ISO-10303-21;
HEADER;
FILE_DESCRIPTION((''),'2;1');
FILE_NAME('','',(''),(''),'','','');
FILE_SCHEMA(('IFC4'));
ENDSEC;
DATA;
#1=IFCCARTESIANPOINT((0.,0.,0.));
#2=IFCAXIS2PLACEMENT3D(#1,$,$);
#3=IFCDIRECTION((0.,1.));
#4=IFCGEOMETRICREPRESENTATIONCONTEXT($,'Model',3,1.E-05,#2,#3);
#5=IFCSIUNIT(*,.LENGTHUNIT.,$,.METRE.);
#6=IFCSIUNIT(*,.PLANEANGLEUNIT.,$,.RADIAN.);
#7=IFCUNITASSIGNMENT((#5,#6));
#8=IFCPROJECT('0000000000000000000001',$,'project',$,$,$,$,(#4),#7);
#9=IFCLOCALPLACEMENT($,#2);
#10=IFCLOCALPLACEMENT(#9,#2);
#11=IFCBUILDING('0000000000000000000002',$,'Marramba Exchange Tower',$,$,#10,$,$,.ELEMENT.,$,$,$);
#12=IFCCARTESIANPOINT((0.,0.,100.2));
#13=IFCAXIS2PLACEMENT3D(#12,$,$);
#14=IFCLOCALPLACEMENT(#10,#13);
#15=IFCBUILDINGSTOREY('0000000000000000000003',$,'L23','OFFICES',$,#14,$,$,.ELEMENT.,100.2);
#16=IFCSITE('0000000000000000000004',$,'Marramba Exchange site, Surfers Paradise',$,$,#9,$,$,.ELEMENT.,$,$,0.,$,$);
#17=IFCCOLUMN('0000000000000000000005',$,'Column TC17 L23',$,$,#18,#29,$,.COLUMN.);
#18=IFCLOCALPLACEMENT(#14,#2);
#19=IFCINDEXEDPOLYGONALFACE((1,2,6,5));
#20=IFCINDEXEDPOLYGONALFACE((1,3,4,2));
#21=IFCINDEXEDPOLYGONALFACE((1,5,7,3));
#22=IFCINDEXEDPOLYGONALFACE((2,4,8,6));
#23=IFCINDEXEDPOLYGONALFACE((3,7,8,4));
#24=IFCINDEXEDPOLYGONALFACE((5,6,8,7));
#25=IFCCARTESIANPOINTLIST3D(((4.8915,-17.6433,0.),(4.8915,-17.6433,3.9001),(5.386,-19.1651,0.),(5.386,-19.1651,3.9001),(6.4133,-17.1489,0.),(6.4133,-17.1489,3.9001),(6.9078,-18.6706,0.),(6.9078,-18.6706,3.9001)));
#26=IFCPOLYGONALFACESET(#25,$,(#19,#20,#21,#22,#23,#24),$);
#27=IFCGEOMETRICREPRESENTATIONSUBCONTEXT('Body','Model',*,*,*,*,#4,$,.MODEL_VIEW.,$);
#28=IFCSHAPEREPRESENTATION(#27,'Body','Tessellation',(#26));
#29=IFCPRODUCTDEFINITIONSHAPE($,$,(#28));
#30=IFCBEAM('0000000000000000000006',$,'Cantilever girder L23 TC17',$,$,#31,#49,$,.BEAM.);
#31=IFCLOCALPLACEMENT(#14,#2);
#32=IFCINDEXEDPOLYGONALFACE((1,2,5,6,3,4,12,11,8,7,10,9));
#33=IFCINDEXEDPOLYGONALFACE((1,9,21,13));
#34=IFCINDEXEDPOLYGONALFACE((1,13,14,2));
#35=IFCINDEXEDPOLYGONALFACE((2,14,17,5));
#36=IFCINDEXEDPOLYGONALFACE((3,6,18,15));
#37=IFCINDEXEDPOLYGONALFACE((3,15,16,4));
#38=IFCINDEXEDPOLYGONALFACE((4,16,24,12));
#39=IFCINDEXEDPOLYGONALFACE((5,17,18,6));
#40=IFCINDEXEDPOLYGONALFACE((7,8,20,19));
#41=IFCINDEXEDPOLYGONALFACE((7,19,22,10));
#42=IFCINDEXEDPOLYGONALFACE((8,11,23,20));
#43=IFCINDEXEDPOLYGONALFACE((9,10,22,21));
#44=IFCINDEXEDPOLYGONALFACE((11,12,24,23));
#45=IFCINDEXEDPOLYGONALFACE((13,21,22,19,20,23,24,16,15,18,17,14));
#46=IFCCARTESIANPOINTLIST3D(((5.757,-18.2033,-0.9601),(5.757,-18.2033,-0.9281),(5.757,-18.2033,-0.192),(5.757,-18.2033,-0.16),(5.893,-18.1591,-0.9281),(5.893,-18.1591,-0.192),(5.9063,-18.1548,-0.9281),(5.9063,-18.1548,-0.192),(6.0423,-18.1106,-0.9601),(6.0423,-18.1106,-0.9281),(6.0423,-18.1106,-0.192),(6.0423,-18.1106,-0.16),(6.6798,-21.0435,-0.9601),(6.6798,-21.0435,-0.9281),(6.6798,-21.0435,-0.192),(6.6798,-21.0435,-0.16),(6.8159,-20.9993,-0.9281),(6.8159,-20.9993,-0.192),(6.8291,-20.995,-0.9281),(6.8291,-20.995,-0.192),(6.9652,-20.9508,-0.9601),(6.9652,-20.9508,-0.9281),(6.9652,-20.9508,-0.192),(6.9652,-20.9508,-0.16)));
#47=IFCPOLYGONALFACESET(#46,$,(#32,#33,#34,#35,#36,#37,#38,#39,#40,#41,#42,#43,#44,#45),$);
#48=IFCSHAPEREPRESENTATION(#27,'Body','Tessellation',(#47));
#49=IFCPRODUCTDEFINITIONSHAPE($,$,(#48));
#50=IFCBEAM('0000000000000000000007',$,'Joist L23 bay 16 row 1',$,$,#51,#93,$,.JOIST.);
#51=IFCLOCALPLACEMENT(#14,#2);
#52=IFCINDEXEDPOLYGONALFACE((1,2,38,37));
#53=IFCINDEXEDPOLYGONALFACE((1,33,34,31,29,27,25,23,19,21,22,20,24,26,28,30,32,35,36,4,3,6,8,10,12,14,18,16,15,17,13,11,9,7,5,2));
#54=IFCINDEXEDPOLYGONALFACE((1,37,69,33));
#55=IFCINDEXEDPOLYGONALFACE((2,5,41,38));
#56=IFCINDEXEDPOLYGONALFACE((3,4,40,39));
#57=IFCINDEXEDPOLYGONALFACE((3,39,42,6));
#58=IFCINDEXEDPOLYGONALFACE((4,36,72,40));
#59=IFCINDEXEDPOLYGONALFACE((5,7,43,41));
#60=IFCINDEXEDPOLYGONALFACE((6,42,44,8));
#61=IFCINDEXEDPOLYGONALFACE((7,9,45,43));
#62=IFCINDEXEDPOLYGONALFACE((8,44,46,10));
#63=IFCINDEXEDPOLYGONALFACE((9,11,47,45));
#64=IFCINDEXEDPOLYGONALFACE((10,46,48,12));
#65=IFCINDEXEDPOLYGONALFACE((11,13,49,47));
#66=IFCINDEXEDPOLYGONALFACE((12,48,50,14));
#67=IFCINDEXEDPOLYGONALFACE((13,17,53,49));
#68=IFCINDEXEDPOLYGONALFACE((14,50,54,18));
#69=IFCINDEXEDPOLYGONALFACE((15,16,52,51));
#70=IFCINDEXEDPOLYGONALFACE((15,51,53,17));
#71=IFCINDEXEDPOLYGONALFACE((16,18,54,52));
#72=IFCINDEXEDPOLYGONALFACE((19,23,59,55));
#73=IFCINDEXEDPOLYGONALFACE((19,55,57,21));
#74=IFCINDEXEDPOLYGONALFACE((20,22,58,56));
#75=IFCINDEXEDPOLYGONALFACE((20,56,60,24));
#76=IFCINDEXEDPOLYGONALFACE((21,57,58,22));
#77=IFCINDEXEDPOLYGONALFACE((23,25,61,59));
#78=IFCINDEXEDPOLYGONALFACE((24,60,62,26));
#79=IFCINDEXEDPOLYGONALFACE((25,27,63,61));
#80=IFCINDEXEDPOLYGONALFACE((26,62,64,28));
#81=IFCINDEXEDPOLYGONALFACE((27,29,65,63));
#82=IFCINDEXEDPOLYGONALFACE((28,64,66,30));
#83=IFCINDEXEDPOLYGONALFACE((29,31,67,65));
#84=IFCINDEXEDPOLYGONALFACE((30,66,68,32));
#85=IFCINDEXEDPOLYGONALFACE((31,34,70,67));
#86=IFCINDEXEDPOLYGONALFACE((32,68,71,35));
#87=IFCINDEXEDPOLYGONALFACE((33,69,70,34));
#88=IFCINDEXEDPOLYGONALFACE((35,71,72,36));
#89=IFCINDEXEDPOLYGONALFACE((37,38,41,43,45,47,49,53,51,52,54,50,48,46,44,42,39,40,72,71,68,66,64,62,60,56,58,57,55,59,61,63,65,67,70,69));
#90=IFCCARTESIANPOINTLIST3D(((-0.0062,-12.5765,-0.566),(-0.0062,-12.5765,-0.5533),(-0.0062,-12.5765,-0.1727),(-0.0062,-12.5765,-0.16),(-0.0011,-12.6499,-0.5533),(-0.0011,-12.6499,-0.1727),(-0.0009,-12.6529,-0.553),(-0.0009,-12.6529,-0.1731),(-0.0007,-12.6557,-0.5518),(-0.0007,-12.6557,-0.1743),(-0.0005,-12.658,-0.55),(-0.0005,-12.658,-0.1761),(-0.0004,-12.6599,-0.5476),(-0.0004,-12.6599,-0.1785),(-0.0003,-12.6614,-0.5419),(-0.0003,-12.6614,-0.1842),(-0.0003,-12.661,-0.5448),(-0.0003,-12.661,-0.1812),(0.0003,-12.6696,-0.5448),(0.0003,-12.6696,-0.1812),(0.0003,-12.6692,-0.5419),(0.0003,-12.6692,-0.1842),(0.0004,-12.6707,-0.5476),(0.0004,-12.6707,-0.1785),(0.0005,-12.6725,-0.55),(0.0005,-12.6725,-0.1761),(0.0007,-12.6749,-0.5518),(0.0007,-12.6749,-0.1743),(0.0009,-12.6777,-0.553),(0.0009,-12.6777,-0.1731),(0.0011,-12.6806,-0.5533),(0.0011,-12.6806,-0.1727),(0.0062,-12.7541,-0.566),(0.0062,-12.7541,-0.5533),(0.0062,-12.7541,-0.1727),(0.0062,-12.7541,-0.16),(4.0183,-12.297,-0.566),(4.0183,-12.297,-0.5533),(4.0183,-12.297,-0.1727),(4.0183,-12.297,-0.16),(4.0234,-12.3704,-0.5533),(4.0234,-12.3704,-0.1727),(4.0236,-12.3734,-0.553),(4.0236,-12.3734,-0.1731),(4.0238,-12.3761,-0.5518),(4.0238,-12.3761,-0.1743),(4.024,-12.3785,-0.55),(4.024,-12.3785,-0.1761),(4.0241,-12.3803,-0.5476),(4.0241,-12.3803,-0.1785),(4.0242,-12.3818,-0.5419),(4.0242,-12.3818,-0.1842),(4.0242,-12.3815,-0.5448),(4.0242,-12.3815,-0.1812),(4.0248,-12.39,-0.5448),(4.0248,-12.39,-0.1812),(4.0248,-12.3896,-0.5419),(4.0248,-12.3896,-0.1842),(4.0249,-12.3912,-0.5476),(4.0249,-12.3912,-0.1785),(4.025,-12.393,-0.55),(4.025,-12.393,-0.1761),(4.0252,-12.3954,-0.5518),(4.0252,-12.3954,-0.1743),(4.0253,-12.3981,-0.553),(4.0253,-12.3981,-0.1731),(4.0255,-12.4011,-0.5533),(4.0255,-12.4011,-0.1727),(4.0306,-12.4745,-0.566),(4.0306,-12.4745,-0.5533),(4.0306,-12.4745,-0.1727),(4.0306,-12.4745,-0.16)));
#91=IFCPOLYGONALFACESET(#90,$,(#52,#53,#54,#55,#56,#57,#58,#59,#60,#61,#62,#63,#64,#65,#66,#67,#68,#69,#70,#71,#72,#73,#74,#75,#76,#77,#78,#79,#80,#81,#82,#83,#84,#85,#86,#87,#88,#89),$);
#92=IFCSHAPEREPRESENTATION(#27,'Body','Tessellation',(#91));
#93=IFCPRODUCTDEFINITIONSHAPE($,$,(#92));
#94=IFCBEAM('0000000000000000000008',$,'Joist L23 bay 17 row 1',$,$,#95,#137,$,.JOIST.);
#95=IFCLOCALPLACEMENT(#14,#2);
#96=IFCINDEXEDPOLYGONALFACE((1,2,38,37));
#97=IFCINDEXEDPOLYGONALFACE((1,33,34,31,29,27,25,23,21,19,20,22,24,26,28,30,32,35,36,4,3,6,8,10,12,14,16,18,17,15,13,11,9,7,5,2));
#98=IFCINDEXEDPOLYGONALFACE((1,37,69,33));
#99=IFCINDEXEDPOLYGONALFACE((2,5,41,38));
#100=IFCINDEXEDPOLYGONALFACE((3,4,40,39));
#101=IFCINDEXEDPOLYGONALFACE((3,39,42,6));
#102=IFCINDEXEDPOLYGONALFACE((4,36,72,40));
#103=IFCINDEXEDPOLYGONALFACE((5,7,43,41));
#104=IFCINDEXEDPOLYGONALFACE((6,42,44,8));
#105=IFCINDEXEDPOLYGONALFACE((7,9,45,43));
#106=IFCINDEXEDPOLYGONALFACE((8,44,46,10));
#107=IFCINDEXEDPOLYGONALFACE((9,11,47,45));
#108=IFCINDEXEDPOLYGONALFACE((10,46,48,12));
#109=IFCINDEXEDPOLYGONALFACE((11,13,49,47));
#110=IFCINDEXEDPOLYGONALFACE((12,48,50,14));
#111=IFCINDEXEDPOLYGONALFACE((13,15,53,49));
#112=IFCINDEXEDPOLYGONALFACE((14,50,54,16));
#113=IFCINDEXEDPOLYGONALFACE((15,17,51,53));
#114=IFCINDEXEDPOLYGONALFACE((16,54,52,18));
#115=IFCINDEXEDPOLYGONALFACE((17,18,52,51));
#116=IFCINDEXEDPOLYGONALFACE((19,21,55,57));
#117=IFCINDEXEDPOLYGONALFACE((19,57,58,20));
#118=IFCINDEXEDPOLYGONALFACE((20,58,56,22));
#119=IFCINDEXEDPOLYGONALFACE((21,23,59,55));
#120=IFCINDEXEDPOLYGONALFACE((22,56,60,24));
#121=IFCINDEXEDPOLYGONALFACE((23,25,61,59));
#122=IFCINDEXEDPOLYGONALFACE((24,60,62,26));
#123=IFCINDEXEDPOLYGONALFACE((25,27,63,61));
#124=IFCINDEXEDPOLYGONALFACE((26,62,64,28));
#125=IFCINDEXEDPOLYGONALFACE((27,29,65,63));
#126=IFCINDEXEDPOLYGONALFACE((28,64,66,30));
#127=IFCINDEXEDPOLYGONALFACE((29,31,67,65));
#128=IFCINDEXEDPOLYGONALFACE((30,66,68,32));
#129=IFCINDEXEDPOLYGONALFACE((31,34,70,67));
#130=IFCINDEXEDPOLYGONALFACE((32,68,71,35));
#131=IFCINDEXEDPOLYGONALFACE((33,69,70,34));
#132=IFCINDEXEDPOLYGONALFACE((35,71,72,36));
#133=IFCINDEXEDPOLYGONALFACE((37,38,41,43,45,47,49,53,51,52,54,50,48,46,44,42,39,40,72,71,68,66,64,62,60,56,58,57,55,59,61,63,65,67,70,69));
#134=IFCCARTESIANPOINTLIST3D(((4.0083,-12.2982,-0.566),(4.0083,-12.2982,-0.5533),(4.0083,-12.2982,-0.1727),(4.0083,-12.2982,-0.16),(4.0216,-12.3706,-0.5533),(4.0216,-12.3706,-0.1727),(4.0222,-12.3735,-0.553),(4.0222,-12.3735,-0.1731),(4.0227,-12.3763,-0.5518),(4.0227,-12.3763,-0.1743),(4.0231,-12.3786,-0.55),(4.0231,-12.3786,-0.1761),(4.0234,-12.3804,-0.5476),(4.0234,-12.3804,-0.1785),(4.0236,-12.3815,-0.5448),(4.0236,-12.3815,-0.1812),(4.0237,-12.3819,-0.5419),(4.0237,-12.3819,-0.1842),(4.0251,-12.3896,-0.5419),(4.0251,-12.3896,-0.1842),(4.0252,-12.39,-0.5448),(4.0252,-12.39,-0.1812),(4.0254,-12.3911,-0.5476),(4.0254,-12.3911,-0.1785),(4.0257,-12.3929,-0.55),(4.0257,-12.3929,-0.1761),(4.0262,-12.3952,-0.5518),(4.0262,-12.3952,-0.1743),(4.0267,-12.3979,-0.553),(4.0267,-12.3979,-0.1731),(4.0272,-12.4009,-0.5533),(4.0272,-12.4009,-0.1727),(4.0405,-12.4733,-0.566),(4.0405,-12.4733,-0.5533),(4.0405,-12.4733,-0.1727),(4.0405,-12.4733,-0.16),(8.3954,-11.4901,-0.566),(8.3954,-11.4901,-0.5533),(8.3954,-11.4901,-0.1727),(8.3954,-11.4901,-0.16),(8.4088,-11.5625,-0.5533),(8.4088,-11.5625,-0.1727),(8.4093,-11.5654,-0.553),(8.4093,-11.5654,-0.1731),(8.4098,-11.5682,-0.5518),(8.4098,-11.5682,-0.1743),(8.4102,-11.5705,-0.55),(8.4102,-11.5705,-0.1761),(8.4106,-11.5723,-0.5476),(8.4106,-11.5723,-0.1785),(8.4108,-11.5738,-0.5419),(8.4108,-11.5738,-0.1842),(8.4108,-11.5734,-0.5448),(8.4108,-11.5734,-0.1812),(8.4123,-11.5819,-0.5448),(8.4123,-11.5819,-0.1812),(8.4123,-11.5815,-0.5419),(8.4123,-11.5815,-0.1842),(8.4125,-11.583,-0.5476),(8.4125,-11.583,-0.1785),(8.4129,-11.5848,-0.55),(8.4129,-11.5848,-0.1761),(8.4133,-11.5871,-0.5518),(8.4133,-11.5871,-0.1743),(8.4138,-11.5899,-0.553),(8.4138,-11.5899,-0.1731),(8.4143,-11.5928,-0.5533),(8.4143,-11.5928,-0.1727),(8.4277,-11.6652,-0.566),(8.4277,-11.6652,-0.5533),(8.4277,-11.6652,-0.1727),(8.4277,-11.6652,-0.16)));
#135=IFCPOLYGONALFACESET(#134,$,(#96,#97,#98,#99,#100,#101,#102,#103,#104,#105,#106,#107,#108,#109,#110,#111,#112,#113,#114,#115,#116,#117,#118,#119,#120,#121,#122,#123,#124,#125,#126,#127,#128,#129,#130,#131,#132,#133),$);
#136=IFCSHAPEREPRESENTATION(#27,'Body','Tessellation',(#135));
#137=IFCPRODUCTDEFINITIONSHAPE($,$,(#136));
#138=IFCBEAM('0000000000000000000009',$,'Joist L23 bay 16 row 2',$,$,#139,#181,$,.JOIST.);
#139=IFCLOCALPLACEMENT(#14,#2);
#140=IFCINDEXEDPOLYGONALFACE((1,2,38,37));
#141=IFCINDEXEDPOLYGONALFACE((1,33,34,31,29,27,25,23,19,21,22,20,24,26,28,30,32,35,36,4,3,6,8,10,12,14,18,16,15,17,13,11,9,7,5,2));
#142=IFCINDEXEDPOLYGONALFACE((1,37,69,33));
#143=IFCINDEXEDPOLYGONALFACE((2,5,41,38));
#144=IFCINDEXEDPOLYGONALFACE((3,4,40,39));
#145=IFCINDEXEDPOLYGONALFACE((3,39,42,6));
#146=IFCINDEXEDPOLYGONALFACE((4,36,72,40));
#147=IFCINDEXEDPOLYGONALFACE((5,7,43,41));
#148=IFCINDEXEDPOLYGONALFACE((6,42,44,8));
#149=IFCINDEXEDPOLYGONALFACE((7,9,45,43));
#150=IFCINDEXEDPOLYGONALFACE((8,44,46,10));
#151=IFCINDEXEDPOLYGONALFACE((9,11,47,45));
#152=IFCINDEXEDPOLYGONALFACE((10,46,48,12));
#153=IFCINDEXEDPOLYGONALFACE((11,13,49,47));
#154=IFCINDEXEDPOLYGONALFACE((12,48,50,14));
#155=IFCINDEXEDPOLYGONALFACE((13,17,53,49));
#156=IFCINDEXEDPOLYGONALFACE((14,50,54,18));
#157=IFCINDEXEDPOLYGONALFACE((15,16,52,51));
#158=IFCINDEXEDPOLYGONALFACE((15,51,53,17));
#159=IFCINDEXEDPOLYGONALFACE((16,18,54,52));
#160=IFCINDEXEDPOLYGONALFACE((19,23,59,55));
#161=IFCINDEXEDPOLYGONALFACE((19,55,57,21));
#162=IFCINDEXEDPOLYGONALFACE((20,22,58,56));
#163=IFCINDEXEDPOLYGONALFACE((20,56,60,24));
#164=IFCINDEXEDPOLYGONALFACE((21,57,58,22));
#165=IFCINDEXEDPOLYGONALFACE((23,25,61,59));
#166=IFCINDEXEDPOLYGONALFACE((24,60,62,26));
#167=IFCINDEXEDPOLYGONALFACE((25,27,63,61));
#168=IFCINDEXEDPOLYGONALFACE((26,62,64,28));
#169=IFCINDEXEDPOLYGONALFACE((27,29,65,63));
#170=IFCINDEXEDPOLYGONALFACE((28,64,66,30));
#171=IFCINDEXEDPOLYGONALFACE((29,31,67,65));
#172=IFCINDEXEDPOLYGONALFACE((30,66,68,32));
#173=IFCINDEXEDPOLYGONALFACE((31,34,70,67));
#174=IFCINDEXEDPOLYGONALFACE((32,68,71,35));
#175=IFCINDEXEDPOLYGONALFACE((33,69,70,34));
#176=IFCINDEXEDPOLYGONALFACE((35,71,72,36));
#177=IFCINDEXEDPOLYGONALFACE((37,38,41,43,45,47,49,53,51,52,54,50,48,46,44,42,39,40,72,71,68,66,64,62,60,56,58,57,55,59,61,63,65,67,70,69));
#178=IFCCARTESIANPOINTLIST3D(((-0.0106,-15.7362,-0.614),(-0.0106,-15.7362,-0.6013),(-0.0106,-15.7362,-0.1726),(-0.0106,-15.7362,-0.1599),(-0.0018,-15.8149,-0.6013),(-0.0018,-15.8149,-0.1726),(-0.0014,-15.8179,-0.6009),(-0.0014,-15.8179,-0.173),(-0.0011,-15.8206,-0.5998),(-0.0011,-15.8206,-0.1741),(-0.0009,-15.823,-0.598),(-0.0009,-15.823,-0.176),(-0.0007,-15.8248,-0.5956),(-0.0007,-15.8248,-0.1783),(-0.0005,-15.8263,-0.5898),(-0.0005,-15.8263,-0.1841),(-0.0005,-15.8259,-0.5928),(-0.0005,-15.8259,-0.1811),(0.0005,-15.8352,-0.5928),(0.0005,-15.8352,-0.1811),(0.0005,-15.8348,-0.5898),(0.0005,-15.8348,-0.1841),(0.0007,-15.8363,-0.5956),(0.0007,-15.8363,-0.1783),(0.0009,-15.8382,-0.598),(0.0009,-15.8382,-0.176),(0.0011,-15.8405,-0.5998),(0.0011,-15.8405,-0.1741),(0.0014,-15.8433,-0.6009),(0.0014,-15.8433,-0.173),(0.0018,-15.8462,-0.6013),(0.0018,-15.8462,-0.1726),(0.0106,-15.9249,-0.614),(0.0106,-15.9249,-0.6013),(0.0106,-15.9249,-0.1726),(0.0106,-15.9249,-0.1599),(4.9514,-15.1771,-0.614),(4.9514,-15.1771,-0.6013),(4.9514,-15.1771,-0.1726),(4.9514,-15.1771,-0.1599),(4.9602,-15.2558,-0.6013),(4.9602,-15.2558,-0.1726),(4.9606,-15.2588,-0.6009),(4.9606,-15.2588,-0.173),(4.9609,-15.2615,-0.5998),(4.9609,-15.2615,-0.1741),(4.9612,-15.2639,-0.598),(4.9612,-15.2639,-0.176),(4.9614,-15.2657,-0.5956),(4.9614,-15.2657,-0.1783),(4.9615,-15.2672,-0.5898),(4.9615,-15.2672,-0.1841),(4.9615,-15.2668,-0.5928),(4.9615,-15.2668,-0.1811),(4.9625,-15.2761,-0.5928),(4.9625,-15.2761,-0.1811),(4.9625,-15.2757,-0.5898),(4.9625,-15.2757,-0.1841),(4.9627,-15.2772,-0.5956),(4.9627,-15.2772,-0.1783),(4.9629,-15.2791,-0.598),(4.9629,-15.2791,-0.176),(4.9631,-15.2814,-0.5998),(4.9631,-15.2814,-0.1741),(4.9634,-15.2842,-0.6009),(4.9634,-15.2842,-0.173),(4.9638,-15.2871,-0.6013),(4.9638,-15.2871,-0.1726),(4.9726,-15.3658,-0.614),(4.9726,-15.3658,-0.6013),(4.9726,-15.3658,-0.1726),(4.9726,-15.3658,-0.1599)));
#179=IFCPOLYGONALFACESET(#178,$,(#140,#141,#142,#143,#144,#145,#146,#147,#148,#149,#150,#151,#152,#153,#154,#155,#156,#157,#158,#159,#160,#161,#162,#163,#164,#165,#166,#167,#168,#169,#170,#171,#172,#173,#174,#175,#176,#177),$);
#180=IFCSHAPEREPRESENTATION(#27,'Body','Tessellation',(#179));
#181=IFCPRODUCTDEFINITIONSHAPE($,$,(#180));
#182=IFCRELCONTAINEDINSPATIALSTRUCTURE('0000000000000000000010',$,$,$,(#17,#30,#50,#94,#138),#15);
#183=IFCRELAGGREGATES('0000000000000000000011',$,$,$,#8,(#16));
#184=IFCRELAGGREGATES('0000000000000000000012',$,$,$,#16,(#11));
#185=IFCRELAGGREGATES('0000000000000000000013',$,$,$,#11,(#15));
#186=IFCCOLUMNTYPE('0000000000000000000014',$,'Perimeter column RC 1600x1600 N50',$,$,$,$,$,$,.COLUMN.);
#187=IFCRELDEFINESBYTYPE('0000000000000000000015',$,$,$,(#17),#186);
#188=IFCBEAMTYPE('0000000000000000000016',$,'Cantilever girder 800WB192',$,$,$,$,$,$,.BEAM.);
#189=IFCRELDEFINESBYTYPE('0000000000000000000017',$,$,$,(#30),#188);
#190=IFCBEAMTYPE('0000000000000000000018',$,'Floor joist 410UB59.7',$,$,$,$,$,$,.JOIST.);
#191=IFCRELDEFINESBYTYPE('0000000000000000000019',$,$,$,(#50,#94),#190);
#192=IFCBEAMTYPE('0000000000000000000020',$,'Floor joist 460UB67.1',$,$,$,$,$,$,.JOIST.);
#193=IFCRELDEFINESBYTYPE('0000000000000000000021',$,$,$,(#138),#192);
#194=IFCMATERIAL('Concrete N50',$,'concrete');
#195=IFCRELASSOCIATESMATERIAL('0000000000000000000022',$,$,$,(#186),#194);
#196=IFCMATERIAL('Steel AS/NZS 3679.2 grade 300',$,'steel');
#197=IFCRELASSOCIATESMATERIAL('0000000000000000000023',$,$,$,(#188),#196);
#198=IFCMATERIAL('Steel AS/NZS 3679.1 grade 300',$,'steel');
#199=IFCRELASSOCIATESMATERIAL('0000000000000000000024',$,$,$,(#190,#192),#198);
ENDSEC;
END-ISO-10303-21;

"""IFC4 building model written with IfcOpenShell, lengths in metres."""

from ifc_helpers import new_model, si_unit, direction, frame, origin, origin_2d, place, context, subcontext, project, spatial, rectangle, i_section, extrude, material, material_profile, profile_set, type_object, element, save


model = new_model("IFC4")

# Units and contexts
model_context = context("Model", 3, precision=1e-05, world=origin(), true_north=direction((0.0, 1.0)))
body_context = subcontext(model_context, "Body", "Model", "MODEL_VIEW")
ifc_project = project(units=[si_unit("LENGTHUNIT", "METRE"), si_unit("PLANEANGLEUNIT", "RADIAN")], contexts=[model_context])

# Site, building, storey
site_placement = place(None, origin())
site = spatial("IfcSite", under=ifc_project, at=site_placement, Name="Marramba Exchange site, Surfers Paradise", CompositionType="ELEMENT", RefElevation=0.0)
building_placement = place(site_placement, origin())
building = spatial("IfcBuilding", under=site, at=building_placement, Name="Marramba Exchange Tower", CompositionType="ELEMENT")
storey_placement = place(building_placement, frame((0.0, 0.0, 100.2)))
storey = spatial("IfcBuildingStorey", under=building, at=storey_placement, Name="L23", Description="OFFICES", CompositionType="ELEMENT", Elevation=100.2)

# Column
ifc_material_1 = material(Name="Concrete N50", Category="concrete")
ifc_material_profile_1 = material_profile(ifc_material_1, rectangle(XDim=1.6001, YDim=1.6001, at=origin_2d()), Name="RC 1600x1600")
ifc_profile_set_1 = profile_set([ifc_material_profile_1], Name="Concrete N50")
column_type = type_object("IfcColumnType", Name="Perimeter column RC 1600x1600 N50", PredefinedType="COLUMN", material=ifc_profile_set_1)
column_placement = place(storey_placement, frame((5.8997, -18.157, 0.0), z_axis=(0.0, 0.0, 1.0), x_axis=(0.309017, -0.951057, 0.0)))
element("IfcColumn", 1, at=column_placement, inside=storey, type_object=column_type, Name="Column TC17 L23", PredefinedType="COLUMN", context=body_context, shape_type="SweptSolid", body=[
    extrude(rectangle(XDim=1.6001, YDim=1.6001, at=origin_2d()), origin(), (0.0, 0.0, 1.0), 3.9001),
])

# Beams
ifc_material_2 = material(Name="Steel AS/NZS 3679.2 grade 300", Category="steel")
ifc_material_profile_2 = material_profile(ifc_material_2, i_section(OverallWidth=0.3, OverallDepth=0.8, WebThickness=0.0139, FlangeThickness=0.032, at=origin_2d()), Name="800WB192")
ifc_profile_set_2 = profile_set([ifc_material_profile_2], Name="Steel AS/NZS 3679.2 grade 300")
beam_type_1 = type_object("IfcBeamType", Name="Cantilever girder 800WB192", PredefinedType="BEAM", material=ifc_profile_set_2)
beam_1_placement = place(storey_placement, frame((5.8997, -18.157, -0.5601), z_axis=(0.309032, -0.951051, 0.0), x_axis=(0.951051, 0.309032, 0.0)))
element("IfcBeam", 2, at=beam_1_placement, inside=storey, type_object=beam_type_1, Name="Cantilever girder L23 TC17", PredefinedType="BEAM", context=body_context, shape_type="SweptSolid", body=[
    extrude(i_section(OverallWidth=0.3, OverallDepth=0.8, WebThickness=0.0139, FlangeThickness=0.032, at=origin_2d()), origin(), (0.0, 0.0, 1.0), 2.9863),
])
ifc_material_3 = material(Name="Steel AS/NZS 3679.1 grade 300", Category="steel")
ifc_material_profile_3 = material_profile(ifc_material_3, i_section(OverallWidth=0.178, OverallDepth=0.406, WebThickness=0.0078, FlangeThickness=0.0127, FilletRadius=0.0115, at=origin_2d()), Name="410UB59.7")
ifc_profile_set_3 = profile_set([ifc_material_profile_3], Name="Steel AS/NZS 3679.1 grade 300")
beam_type_2 = type_object("IfcBeamType", Name="Floor joist 410UB59.7", PredefinedType="JOIST", material=ifc_profile_set_3)
beam_2_placement = place(storey_placement, frame((0.0, -12.6653, -0.363), z_axis=(0.997596, 0.069294, 0.0), x_axis=(-0.069294, 0.997596, 0.0)))
element("IfcBeam", 3, at=beam_2_placement, inside=storey, type_object=beam_type_2, Name="Joist L23 bay 16 row 1", PredefinedType="JOIST", context=body_context, shape_type="SweptSolid", body=[
    extrude(i_section(OverallWidth=0.178, OverallDepth=0.406, WebThickness=0.0078, FlangeThickness=0.0127, FilletRadius=0.0115, at=origin_2d()), origin(), (0.0, 0.0, 1.0), 4.0342),
])
beam_3_placement = place(storey_placement, frame((4.0244, -12.3857, -0.363), z_axis=(0.983456, 0.181149, 0.0), x_axis=(-0.181149, 0.983456, 0.0)))
element("IfcBeam", 4, at=beam_3_placement, inside=storey, type_object=beam_type_2, Name="Joist L23 bay 17 row 1", PredefinedType="JOIST", context=body_context, shape_type="SweptSolid", body=[
    extrude(i_section(OverallWidth=0.178, OverallDepth=0.406, WebThickness=0.0078, FlangeThickness=0.0127, FilletRadius=0.0115, at=origin_2d()), origin(), (0.0, 0.0, 1.0), 4.4609),
])
ifc_material_profile_4 = material_profile(ifc_material_3, i_section(OverallWidth=0.1899, OverallDepth=0.4541, WebThickness=0.0085, FlangeThickness=0.0127, FilletRadius=0.0115, at=origin_2d()), Name="460UB67.1")
ifc_profile_set_4 = profile_set([ifc_material_profile_4], Name="Steel AS/NZS 3679.1 grade 300")
beam_type_3 = type_object("IfcBeamType", Name="Floor joist 460UB67.1", PredefinedType="JOIST", material=ifc_profile_set_4)
beam_4_placement = place(storey_placement, frame((0.0, -15.8306, -0.387), z_axis=(0.993712, 0.111966, 0.0), x_axis=(-0.111966, 0.993712, 0.0)))
element("IfcBeam", 5, at=beam_4_placement, inside=storey, type_object=beam_type_3, Name="Joist L23 bay 16 row 2", PredefinedType="JOIST", context=body_context, shape_type="SweptSolid", body=[
    extrude(i_section(OverallWidth=0.1899, OverallDepth=0.4541, WebThickness=0.0085, FlangeThickness=0.0127, FilletRadius=0.0115, at=origin_2d()), origin(), (0.0, 0.0, 1.0), 4.9934),
])

save(model, "model.ifc")
